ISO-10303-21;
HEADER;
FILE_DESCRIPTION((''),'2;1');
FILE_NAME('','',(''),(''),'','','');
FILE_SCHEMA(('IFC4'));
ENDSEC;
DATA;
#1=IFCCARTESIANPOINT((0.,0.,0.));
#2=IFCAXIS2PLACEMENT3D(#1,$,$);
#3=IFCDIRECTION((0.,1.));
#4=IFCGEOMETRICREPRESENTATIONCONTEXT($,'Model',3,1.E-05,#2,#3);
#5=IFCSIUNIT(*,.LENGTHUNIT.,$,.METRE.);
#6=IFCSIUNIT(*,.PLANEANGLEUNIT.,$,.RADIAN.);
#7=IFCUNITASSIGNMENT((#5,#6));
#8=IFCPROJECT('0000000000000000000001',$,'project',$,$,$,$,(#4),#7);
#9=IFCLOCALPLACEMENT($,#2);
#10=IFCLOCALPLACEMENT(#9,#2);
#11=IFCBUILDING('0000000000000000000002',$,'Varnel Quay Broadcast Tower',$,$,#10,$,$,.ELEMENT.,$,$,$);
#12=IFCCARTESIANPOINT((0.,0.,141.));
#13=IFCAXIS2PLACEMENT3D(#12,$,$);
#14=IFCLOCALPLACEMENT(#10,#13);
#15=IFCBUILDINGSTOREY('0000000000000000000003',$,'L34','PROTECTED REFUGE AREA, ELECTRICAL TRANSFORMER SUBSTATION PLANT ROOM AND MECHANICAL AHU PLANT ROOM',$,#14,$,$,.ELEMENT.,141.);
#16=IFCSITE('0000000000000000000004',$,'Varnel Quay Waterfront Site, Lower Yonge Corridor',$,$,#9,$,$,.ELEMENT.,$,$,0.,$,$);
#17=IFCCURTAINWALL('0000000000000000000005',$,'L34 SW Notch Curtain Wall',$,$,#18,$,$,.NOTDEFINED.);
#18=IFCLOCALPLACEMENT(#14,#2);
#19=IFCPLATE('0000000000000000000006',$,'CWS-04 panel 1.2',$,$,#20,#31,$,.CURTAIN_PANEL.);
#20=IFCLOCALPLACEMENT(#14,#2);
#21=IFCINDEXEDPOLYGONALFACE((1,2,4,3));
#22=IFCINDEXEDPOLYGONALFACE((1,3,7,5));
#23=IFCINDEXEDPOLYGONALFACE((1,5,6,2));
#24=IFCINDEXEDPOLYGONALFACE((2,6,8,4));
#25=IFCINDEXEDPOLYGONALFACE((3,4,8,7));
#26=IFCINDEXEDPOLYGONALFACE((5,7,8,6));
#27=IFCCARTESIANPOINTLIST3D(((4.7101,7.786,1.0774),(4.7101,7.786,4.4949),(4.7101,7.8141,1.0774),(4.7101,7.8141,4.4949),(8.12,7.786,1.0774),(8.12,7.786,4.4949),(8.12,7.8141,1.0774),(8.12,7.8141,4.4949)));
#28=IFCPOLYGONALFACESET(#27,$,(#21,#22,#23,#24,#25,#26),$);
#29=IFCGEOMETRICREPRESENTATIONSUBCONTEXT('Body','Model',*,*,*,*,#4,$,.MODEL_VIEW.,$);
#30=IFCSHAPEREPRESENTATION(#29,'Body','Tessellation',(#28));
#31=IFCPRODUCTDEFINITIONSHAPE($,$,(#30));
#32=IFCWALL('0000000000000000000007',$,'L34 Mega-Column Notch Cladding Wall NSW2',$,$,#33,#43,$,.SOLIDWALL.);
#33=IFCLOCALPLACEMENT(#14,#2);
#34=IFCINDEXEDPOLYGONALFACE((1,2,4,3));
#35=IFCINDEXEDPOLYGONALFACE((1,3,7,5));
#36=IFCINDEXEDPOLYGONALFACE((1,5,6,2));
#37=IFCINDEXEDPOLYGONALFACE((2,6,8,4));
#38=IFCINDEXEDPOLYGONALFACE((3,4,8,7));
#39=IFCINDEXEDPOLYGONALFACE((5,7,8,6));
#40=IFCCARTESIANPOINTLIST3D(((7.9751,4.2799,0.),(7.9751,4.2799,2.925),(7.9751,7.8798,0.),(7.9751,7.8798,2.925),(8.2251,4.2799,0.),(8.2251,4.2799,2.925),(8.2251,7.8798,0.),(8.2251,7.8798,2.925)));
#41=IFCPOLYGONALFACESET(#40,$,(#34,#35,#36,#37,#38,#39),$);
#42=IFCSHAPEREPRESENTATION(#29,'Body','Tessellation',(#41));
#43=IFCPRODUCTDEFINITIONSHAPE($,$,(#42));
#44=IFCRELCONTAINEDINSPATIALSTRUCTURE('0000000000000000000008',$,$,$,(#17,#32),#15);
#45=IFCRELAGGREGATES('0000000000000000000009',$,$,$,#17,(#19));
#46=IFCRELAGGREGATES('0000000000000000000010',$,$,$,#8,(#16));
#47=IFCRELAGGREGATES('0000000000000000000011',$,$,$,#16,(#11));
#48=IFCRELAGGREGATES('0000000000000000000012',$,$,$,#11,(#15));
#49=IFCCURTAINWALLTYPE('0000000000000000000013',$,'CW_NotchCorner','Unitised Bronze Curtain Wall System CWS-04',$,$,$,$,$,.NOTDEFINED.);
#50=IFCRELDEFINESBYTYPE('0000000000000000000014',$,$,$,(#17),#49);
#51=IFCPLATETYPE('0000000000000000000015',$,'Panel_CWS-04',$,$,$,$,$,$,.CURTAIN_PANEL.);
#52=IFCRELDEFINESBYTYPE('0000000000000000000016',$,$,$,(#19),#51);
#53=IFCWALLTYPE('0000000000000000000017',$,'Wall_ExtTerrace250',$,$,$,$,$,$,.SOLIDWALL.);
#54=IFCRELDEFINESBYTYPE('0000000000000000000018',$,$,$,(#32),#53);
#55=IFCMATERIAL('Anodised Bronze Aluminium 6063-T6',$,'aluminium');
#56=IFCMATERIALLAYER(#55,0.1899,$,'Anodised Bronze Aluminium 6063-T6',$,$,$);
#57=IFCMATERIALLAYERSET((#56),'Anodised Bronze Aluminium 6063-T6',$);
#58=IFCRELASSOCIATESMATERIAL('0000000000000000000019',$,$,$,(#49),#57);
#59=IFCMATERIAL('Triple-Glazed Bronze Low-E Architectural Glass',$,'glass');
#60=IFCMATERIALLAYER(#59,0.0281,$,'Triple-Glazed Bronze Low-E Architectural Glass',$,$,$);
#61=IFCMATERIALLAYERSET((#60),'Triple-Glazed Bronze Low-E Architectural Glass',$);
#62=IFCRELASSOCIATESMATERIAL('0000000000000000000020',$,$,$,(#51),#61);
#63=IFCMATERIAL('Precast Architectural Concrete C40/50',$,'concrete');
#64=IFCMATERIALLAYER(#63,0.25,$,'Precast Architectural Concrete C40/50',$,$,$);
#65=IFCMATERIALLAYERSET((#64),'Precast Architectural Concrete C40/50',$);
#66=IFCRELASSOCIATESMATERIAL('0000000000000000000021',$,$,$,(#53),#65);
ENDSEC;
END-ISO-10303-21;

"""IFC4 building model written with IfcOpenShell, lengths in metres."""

from ifc_helpers import new_model, si_unit, direction, frame, frame_2d, origin, origin_2d, place, context, subcontext, project, spatial, rectangle, extrude, source, transform, mapped, material, layer, layer_set, type_object, element, aggregate, save


model = new_model("IFC4")

# Units and contexts
model_context = context("Model", 3, precision=1e-05, world=origin(), true_north=direction((0.0, 1.0)))
body_context = subcontext(model_context, "Body", "Model", "MODEL_VIEW")
ifc_project = project(units=[si_unit("LENGTHUNIT", "METRE"), si_unit("PLANEANGLEUNIT", "RADIAN")], contexts=[model_context])

# Site, building, storey
site_placement = place(None, origin())
site = spatial("IfcSite", under=ifc_project, at=site_placement, Name="Varnel Quay Waterfront Site, Lower Yonge Corridor", CompositionType="ELEMENT", RefElevation=0.0)
building_placement = place(site_placement, origin())
building = spatial("IfcBuilding", under=site, at=building_placement, Name="Varnel Quay Broadcast Tower", CompositionType="ELEMENT")
storey_placement = place(building_placement, frame((0.0, 0.0, 141.0)))
storey = spatial("IfcBuildingStorey", under=building, at=storey_placement, Name="L34", Description="PROTECTED REFUGE AREA, ELECTRICAL TRANSFORMER SUBSTATION PLANT ROOM AND MECHANICAL AHU PLANT ROOM", CompositionType="ELEMENT", Elevation=141.0)

# Curtain wall
ifc_material_1 = material(Name="Anodised Bronze Aluminium 6063-T6", Category="aluminium")
ifc_layer_1 = layer(ifc_material_1, 0.1899, Name="Anodised Bronze Aluminium 6063-T6")
ifc_layer_set_1 = layer_set([ifc_layer_1], Name="Anodised Bronze Aluminium 6063-T6")
curtain_wall_type_1 = type_object("IfcCurtainWallType", Name="CW_NotchCorner", Description="Unitised Bronze Curtain Wall System CWS-04", PredefinedType="NOTDEFINED", material=ifc_layer_set_1)
curtain_wall_1_placement = place(storey_placement, origin())
curtain_wall_1 = element("IfcCurtainWall", 1, at=curtain_wall_1_placement, inside=storey, type_object=curtain_wall_type_1, Name="L34 SW Notch Curtain Wall", PredefinedType="NOTDEFINED")

# Plate
ifc_material_2 = material(Name="Triple-Glazed Bronze Low-E Architectural Glass", Category="glass")
ifc_layer_2 = layer(ifc_material_2, 0.0281, Name="Triple-Glazed Bronze Low-E Architectural Glass")
ifc_layer_set_2 = layer_set([ifc_layer_2], Name="Triple-Glazed Bronze Low-E Architectural Glass")
plate_type = type_object("IfcPlateType", Name="Panel_CWS-04", PredefinedType="CURTAIN_PANEL", material=ifc_layer_set_2)
shared_shape_1 = source(origin(), body_context, "Body", "SweptSolid", [
    extrude(rectangle(XDim=3.4099, YDim=0.0281, at=origin_2d()), origin(), (0.0, 0.0, 1.0), 3.4175),
])
plate_1_placement = place(storey_placement, frame((6.415, 7.8, 1.0774), z_axis=(0.0, 0.0, 1.0), x_axis=(1.0, 0.0, 0.0)))
plate_1 = element("IfcPlate", 2, at=plate_1_placement, type_object=plate_type, Name="CWS-04 panel 1.2", PredefinedType="CURTAIN_PANEL", context=body_context, shape_type="MappedRepresentation", body=[
    mapped(shared_shape_1, transform((0.0, 0.0, 0.0), x_axis=(1.0, 0.0, 0.0), y_axis=(0.0, 1.0, 0.0), z_axis=(0.0, 0.0, 1.0), scale=1.0)),
])
aggregate(curtain_wall_1, [plate_1])

# Wall
ifc_material_3 = material(Name="Precast Architectural Concrete C40/50", Category="concrete")
ifc_layer_3 = layer(ifc_material_3, 0.25, Name="Precast Architectural Concrete C40/50")
ifc_layer_set_3 = layer_set([ifc_layer_3], Name="Precast Architectural Concrete C40/50")
wall_type = type_object("IfcWallType", Name="Wall_ExtTerrace250", PredefinedType="SOLIDWALL", material=ifc_layer_set_3)
wall_placement = place(storey_placement, frame((8.1001, 4.28, 0.0), z_axis=(0.0, 0.0, 1.0), x_axis=(0.0, 1.0, 0.0)))
element("IfcWall", 3, at=wall_placement, inside=storey, type_object=wall_type, Name="L34 Mega-Column Notch Cladding Wall NSW2", PredefinedType="SOLIDWALL", context=body_context, shape_type="SweptSolid", body=[
    extrude(rectangle(XDim=3.5999, YDim=0.25, at=frame_2d((1.7998, 0.0))), origin(), (0.0, 0.0, 1.0), 2.925),
])

save(model, "model.ifc")
